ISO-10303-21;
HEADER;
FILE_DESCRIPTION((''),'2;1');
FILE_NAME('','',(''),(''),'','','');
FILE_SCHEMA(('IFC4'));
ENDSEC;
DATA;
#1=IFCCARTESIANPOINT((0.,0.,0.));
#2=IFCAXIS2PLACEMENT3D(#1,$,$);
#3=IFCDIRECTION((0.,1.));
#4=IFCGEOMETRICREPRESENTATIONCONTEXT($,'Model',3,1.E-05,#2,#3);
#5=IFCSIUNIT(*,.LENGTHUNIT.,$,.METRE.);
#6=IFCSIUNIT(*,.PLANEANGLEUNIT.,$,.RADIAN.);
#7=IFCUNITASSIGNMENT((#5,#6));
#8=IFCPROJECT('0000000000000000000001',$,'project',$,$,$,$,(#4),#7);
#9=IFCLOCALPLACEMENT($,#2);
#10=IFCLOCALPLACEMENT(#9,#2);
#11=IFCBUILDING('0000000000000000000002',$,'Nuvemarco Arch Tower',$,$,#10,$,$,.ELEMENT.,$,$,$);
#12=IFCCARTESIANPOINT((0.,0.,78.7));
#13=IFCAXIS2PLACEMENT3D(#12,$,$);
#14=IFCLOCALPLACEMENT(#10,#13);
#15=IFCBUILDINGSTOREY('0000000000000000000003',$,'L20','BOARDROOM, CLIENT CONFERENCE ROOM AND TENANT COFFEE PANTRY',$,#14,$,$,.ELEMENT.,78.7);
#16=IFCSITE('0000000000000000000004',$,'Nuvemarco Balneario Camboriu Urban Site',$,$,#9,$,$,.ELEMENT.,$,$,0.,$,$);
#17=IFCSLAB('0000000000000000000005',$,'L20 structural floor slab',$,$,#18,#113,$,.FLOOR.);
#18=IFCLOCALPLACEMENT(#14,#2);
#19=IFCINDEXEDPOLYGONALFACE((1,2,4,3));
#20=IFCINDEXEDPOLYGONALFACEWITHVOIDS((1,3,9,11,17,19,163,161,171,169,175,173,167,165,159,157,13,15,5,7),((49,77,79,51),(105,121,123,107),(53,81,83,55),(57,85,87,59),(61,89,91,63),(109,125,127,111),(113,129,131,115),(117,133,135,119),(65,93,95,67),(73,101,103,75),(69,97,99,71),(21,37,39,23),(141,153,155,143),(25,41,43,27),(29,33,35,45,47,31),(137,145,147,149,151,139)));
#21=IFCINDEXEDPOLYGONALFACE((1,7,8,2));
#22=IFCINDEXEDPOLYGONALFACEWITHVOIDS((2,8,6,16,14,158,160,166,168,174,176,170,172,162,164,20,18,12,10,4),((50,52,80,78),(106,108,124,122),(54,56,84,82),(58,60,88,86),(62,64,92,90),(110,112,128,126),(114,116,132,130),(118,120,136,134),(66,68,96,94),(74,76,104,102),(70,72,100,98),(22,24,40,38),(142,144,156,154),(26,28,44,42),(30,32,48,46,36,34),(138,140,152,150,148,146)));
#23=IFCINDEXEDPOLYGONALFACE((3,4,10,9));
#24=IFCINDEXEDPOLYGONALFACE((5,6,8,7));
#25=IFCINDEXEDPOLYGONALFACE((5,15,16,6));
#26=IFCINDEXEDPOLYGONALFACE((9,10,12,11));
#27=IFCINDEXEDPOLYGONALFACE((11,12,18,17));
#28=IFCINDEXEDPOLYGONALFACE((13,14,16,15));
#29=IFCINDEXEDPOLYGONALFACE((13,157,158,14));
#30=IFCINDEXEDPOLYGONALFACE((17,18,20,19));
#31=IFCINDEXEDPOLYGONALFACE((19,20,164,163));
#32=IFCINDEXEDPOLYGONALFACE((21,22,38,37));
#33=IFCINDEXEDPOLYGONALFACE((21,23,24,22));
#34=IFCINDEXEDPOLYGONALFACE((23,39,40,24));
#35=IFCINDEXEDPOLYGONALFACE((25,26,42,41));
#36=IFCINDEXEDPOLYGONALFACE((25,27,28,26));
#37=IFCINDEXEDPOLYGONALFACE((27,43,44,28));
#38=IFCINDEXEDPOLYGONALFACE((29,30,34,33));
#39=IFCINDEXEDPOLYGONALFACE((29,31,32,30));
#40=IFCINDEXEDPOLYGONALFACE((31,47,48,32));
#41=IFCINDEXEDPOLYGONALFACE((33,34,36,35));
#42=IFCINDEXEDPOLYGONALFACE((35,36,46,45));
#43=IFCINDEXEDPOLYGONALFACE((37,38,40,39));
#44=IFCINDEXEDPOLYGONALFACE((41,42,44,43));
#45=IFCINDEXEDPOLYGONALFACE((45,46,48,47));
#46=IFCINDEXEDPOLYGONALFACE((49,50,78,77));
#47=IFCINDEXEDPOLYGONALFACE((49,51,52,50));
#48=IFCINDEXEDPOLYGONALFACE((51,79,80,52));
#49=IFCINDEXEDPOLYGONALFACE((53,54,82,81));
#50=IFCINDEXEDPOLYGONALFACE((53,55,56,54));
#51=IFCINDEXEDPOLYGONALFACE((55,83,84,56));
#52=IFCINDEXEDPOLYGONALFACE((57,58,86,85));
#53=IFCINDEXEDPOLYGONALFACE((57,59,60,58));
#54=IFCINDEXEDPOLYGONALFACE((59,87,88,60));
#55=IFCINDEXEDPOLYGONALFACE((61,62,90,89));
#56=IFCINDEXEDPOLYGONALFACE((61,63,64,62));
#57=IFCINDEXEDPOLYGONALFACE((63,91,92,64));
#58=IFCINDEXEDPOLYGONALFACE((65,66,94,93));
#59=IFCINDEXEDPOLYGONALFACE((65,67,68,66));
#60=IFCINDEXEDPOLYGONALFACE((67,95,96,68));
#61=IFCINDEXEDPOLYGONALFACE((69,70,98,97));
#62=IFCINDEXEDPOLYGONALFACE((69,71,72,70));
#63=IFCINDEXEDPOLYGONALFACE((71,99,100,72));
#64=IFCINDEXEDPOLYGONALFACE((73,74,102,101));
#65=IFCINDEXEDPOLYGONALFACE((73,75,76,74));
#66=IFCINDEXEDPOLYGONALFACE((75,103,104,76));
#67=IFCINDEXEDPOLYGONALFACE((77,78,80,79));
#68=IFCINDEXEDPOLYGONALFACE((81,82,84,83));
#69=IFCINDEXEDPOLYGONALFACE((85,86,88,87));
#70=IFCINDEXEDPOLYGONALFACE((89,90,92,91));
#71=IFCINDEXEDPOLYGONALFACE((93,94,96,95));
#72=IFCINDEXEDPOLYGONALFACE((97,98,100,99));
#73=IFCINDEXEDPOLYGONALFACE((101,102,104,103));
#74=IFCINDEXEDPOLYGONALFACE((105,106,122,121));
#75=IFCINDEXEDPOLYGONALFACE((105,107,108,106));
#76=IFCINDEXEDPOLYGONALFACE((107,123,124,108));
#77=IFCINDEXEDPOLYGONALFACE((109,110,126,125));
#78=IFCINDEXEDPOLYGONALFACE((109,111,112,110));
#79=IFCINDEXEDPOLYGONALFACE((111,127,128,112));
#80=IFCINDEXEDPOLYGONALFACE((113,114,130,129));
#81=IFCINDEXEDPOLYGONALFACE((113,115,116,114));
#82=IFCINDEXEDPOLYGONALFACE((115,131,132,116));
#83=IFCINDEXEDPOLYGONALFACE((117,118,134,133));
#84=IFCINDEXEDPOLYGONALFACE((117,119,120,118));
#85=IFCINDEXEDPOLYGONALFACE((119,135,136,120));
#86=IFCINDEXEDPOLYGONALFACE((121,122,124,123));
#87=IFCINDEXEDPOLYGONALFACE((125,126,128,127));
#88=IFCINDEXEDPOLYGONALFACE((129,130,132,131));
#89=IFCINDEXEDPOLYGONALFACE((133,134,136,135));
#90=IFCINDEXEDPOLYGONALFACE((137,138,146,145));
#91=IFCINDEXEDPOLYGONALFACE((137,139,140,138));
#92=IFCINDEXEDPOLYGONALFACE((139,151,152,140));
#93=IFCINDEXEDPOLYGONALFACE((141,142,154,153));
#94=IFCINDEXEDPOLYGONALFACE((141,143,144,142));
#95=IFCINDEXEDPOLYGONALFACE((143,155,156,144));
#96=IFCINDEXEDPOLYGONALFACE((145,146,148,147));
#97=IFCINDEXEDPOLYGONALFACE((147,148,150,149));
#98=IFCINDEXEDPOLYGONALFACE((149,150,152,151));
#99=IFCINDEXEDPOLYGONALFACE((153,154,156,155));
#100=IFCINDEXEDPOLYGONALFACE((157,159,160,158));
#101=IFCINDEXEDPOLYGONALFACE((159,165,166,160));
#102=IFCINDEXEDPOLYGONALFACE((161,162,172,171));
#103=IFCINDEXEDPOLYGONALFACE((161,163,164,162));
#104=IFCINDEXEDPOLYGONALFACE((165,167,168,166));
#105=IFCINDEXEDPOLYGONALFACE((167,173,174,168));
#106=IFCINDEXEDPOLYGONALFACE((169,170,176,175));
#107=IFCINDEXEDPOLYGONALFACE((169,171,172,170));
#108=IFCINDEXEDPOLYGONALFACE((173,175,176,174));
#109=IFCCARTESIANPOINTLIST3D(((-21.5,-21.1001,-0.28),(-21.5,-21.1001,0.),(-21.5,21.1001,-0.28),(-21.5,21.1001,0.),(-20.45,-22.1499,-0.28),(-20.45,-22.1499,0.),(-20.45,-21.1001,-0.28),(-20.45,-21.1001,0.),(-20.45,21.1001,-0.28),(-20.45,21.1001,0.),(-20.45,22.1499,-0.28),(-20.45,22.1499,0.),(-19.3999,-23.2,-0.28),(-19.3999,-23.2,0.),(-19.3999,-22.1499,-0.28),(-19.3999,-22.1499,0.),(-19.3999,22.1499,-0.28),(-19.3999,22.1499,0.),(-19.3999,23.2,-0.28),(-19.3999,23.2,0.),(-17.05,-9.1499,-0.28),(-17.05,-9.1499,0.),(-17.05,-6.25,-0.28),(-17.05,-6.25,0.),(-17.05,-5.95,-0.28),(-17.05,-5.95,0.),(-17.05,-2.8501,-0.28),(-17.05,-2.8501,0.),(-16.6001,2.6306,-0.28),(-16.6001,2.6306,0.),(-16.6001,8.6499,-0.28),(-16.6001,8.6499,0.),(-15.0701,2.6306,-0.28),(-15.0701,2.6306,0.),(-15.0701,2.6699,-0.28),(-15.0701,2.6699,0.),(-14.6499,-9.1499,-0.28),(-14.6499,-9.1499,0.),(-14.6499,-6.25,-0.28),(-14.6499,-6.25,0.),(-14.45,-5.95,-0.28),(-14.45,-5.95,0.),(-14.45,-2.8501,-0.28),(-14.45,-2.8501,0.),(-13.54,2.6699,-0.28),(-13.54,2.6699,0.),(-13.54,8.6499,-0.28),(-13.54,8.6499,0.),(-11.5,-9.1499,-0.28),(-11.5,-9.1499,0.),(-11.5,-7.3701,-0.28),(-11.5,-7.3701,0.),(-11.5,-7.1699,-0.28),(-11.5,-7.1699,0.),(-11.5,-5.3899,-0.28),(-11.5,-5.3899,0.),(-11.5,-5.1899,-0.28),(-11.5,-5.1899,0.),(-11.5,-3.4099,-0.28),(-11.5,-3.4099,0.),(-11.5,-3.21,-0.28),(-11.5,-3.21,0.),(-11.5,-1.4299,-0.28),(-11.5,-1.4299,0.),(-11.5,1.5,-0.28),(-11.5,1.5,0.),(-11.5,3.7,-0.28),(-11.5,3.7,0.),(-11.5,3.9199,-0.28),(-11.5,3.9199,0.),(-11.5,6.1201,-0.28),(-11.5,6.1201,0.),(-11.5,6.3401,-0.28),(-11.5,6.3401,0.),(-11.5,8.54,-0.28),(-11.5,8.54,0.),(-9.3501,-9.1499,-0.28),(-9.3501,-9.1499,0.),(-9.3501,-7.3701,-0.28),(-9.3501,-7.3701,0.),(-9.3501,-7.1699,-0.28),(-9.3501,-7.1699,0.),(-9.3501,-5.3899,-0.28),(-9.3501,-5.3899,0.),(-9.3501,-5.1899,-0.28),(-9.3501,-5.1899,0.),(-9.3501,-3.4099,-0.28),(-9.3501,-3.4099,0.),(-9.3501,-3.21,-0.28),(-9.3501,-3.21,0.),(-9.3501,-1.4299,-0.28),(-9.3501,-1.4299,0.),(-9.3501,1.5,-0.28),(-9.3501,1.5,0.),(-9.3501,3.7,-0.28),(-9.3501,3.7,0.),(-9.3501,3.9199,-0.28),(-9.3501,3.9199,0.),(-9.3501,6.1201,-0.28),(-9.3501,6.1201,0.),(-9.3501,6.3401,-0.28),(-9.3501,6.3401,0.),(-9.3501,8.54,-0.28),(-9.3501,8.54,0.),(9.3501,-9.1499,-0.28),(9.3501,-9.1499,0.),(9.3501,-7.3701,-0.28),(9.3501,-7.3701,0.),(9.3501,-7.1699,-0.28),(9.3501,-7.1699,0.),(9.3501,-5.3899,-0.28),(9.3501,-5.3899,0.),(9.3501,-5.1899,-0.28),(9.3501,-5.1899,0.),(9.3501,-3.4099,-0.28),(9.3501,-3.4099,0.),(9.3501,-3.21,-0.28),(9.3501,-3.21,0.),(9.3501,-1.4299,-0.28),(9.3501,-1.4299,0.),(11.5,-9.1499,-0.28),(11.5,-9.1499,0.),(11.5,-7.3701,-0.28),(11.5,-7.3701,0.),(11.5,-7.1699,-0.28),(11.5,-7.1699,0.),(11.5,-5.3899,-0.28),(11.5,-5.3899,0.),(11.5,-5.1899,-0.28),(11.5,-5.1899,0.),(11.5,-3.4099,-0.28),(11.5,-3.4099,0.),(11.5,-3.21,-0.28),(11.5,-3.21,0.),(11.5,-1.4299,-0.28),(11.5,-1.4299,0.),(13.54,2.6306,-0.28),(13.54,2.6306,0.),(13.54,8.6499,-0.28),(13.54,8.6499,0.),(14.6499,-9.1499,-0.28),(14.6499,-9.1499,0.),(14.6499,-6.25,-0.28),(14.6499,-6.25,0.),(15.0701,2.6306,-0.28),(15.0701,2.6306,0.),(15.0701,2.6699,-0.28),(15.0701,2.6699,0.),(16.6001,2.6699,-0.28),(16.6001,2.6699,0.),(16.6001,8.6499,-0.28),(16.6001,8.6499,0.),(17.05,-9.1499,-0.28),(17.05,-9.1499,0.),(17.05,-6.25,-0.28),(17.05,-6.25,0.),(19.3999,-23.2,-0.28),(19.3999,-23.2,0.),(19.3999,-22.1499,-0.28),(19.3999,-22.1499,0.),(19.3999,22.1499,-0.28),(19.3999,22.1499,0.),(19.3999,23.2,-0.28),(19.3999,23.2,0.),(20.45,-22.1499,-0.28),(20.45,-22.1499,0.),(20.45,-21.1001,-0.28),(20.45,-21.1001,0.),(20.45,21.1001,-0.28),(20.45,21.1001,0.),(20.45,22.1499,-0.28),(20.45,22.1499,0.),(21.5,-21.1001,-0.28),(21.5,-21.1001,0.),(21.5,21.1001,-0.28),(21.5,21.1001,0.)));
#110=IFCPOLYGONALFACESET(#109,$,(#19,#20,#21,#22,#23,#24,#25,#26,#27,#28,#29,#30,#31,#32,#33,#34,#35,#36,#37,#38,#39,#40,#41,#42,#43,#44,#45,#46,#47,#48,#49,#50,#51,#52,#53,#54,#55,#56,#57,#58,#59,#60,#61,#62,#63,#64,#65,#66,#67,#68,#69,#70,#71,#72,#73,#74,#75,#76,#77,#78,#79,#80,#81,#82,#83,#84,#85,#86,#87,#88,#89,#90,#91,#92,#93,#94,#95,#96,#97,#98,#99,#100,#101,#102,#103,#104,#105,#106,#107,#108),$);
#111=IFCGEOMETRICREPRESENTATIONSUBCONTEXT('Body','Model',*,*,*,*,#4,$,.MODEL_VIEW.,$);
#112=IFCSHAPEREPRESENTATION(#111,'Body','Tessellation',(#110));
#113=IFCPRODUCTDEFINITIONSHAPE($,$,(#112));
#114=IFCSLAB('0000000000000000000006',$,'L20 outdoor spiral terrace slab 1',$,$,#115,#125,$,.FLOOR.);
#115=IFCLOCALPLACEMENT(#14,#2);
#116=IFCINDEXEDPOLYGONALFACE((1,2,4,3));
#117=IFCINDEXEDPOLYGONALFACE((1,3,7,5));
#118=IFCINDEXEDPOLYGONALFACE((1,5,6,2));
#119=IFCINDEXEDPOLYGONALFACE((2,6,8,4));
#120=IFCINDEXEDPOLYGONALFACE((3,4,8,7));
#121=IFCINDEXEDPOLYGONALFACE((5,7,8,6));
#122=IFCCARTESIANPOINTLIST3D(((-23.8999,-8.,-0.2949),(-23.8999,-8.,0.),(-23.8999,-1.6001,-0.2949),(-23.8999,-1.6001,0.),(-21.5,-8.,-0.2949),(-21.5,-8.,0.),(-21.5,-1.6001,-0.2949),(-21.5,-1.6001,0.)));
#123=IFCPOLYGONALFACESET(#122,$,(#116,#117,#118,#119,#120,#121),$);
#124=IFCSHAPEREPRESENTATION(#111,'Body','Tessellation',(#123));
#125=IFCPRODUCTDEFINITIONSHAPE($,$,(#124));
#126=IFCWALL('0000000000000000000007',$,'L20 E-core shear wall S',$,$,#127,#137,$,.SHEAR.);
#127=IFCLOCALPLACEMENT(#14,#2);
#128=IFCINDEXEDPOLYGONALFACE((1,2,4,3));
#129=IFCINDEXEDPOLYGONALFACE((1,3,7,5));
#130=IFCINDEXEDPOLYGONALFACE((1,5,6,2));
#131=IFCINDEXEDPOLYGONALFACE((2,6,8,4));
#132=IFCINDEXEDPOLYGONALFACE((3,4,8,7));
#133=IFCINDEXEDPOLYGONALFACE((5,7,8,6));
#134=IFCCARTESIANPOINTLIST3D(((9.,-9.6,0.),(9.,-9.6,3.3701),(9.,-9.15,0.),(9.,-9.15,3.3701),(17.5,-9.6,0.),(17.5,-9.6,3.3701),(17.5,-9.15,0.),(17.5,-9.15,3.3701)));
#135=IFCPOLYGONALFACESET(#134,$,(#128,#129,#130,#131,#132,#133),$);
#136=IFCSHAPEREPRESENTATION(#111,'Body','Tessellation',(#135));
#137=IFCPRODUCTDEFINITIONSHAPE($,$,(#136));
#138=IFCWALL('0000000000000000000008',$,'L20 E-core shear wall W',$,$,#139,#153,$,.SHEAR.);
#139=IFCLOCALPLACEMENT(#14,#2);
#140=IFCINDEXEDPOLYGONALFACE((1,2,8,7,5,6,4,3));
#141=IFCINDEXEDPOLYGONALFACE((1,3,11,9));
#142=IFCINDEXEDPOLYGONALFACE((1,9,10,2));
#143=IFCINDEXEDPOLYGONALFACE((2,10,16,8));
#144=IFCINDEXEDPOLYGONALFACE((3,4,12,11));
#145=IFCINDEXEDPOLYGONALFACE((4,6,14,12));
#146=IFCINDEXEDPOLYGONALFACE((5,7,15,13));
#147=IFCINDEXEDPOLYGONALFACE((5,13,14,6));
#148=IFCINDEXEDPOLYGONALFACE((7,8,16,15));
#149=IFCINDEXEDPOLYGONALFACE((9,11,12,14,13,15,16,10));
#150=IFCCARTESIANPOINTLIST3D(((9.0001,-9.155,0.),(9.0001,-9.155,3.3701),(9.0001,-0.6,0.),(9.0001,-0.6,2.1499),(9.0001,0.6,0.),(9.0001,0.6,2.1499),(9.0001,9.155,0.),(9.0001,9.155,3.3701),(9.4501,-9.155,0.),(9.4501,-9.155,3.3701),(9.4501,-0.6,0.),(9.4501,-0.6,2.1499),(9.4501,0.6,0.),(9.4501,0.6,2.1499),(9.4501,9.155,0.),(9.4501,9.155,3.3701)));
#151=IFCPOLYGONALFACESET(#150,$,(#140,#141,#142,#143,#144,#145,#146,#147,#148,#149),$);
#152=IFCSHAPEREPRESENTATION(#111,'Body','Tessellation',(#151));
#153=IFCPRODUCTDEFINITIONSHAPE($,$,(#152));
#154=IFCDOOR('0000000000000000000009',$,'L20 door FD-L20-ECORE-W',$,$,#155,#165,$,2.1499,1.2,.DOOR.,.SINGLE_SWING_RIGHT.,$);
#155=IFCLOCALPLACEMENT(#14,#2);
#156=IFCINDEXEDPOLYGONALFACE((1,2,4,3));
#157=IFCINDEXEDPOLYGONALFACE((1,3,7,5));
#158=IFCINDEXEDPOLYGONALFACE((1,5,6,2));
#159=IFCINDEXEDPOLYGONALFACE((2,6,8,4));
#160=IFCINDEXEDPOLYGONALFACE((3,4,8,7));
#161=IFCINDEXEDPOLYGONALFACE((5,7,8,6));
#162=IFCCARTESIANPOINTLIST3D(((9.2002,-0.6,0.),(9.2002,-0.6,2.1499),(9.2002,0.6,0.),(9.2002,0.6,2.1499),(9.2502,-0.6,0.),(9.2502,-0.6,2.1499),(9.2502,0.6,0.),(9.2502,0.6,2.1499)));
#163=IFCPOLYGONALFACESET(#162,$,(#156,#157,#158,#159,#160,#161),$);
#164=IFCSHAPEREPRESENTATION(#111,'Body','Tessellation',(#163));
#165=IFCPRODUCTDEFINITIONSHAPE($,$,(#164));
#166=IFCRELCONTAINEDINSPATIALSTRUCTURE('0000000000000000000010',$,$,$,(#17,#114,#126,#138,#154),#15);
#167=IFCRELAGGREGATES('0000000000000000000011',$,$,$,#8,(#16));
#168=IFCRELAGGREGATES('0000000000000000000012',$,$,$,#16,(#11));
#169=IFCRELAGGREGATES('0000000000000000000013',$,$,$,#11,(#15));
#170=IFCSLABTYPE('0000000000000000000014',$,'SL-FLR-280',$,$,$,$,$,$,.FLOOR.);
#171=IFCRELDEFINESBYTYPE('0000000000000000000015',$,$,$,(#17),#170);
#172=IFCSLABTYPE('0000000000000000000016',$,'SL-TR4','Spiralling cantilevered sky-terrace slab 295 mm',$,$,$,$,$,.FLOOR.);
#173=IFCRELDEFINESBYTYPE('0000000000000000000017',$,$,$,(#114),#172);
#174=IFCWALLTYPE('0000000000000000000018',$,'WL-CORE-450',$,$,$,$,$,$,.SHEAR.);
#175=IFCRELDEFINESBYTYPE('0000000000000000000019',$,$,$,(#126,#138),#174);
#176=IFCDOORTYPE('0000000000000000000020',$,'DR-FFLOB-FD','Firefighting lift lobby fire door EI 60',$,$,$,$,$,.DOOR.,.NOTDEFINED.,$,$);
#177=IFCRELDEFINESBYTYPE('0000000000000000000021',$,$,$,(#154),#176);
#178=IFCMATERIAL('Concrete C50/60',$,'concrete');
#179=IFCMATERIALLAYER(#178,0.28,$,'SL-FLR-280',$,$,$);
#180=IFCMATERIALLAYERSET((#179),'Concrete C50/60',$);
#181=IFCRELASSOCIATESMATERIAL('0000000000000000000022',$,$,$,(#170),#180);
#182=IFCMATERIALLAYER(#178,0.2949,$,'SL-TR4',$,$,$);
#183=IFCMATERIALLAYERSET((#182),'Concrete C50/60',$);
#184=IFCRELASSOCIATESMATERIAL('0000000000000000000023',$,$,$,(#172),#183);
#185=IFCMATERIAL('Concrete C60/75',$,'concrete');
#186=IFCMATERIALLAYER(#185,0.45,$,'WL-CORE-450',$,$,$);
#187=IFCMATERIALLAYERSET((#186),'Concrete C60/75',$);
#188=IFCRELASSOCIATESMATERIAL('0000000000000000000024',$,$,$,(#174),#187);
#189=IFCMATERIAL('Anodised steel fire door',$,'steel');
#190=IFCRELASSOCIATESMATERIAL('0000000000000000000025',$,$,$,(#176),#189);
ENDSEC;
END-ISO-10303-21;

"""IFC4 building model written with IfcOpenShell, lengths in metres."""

from ifc_helpers import new_model, si_unit, direction, frame, frame_2d, origin, place, context, subcontext, project, spatial, polyline, rectangle, outline, extrude, source, transform, mapped, material, layer, layer_set, type_object, type_shapes, element, fill, save


model = new_model("IFC4")

# Units and contexts
model_context = context("Model", 3, precision=1e-05, world=origin(), true_north=direction((0.0, 1.0)))
body_context = subcontext(model_context, "Body", "Model", "MODEL_VIEW")
ifc_project = project(units=[si_unit("LENGTHUNIT", "METRE"), si_unit("PLANEANGLEUNIT", "RADIAN")], contexts=[model_context])

# Site, building, storey
site_placement = place(None, origin())
site = spatial("IfcSite", under=ifc_project, at=site_placement, Name="Nuvemarco Balneario Camboriu Urban Site", CompositionType="ELEMENT", RefElevation=0.0)
building_placement = place(site_placement, origin())
building = spatial("IfcBuilding", under=site, at=building_placement, Name="Nuvemarco Arch Tower", CompositionType="ELEMENT")
storey_placement = place(building_placement, frame((0.0, 0.0, 78.7)))
storey = spatial("IfcBuildingStorey", under=building, at=storey_placement, Name="L20", Description="BOARDROOM, CLIENT CONFERENCE ROOM AND TENANT COFFEE PANTRY", CompositionType="ELEMENT", Elevation=78.7)

# Shared definitions
ifc_material_1 = material(Name="Concrete C60/75", Category="concrete")

# Slabs
ifc_material_2 = material(Name="Concrete C50/60", Category="concrete")
ifc_layer_1 = layer(ifc_material_2, 0.28, Name="SL-FLR-280")
ifc_layer_set_1 = layer_set([ifc_layer_1], Name="Concrete C50/60")
slab_type_1 = type_object("IfcSlabType", Name="SL-FLR-280", PredefinedType="FLOOR", material=ifc_layer_set_1)
slab_1_placement = place(storey_placement, frame((0.0, 0.0, -0.28)))
element("IfcSlab", 1, at=slab_1_placement, inside=storey, type_object=slab_type_1, Name="L20 structural floor slab", PredefinedType="FLOOR", context=body_context, shape_type="SweptSolid", body=[
    extrude(outline(polyline([(-19.3999, -23.2), (19.3999, -23.2), (19.3999, -22.1499), (20.45, -22.1499), (20.45, -21.1001), (21.5, -21.1001), (21.5, 21.1001), (20.45, 21.1001), (20.45, 22.1499), (19.3999, 22.1499), (19.3999, 23.2), (-19.3999, 23.2), (-19.3999, 22.1499), (-20.45, 22.1499), (-20.45, 21.1001), (-21.5, 21.1001), (-21.5, -21.1001), (-20.45, -21.1001), (-20.45, -22.1499), (-19.3999, -22.1499), (-19.3999, -23.2)]), holes=[polyline([(-13.54, 2.6699), (-13.54, 8.6499), (-16.6001, 8.6499), (-16.6001, 2.6306), (-15.0701, 2.6306), (-15.0701, 2.6699), (-13.54, 2.6699)]), polyline([(16.6001, 2.6699), (16.6001, 8.6499), (13.54, 8.6499), (13.54, 2.6306), (15.0701, 2.6306), (15.0701, 2.6699), (16.6001, 2.6699)]), polyline([(-17.05, -9.1499), (-14.6499, -9.1499), (-14.6499, -6.25), (-17.05, -6.25), (-17.05, -9.1499)]), polyline([(-17.05, -5.95), (-14.45, -5.95), (-14.45, -2.8501), (-17.05, -2.8501), (-17.05, -5.95)]), polyline([(-11.5, -9.1499), (-9.3501, -9.1499), (-9.3501, -7.3701), (-11.5, -7.3701), (-11.5, -9.1499)]), polyline([(-11.5, -7.1699), (-9.3501, -7.1699), (-9.3501, -5.3899), (-11.5, -5.3899), (-11.5, -7.1699)]), polyline([(-11.5, -5.1899), (-9.3501, -5.1899), (-9.3501, -3.4099), (-11.5, -3.4099), (-11.5, -5.1899)]), polyline([(-11.5, -3.21), (-9.3501, -3.21), (-9.3501, -1.4299), (-11.5, -1.4299), (-11.5, -3.21)]), polyline([(-11.5, 1.5), (-9.3501, 1.5), (-9.3501, 3.7), (-11.5, 3.7), (-11.5, 1.5)]), polyline([(-11.5, 3.9199), (-9.3501, 3.9199), (-9.3501, 6.1201), (-11.5, 6.1201), (-11.5, 3.9199)]), polyline([(-11.5, 6.3401), (-9.3501, 6.3401), (-9.3501, 8.54), (-11.5, 8.54), (-11.5, 6.3401)]), polyline([(14.6499, -9.1499), (17.05, -9.1499), (17.05, -6.25), (14.6499, -6.25), (14.6499, -9.1499)]), polyline([(9.3501, -9.1499), (11.5, -9.1499), (11.5, -7.3701), (9.3501, -7.3701), (9.3501, -9.1499)]), polyline([(9.3501, -7.1699), (11.5, -7.1699), (11.5, -5.3899), (9.3501, -5.3899), (9.3501, -7.1699)]), polyline([(9.3501, -5.1899), (11.5, -5.1899), (11.5, -3.4099), (9.3501, -3.4099), (9.3501, -5.1899)]), polyline([(9.3501, -3.21), (11.5, -3.21), (11.5, -1.4299), (9.3501, -1.4299), (9.3501, -3.21)])]), origin(), (0.0, 0.0, 1.0), 0.28),
])
ifc_layer_2 = layer(ifc_material_2, 0.2949, Name="SL-TR4")
ifc_layer_set_2 = layer_set([ifc_layer_2], Name="Concrete C50/60")
slab_type_2 = type_object("IfcSlabType", Name="SL-TR4", Description="Spiralling cantilevered sky-terrace slab 295 mm", PredefinedType="FLOOR", material=ifc_layer_set_2)
slab_2_placement = place(storey_placement, frame((0.0, 0.0, -0.2949)))
element("IfcSlab", 2, at=slab_2_placement, inside=storey, type_object=slab_type_2, Name="L20 outdoor spiral terrace slab 1", PredefinedType="FLOOR", context=body_context, shape_type="SweptSolid", body=[
    extrude(outline(polyline([(-23.8999, -8.0), (-21.5, -8.0), (-21.5, -1.6001), (-23.8999, -1.6001), (-23.8999, -8.0)])), origin(), (0.0, 0.0, 1.0), 0.2949),
])

# Wall
ifc_layer_3 = layer(ifc_material_1, 0.45, Name="WL-CORE-450")
ifc_layer_set_3 = layer_set([ifc_layer_3], Name="Concrete C60/75")
wall_type_1 = type_object("IfcWallType", Name="WL-CORE-450", PredefinedType="SHEAR", material=ifc_layer_set_3)
wall_1_placement = place(storey_placement, frame((9.0, -9.375, 0.0), z_axis=(0.0, 0.0, 1.0), x_axis=(1.0, 0.0, 0.0)))
element("IfcWall", 3, at=wall_1_placement, inside=storey, type_object=wall_type_1, Name="L20 E-core shear wall S", PredefinedType="SHEAR", context=body_context, shape_type="SweptSolid", body=[
    extrude(rectangle(XDim=8.5, YDim=0.45, at=frame_2d((4.25, 0.0))), origin(), (0.0, 0.0, 1.0), 3.3701),
])

# Wall, opening, door
wall_2_placement = place(storey_placement, frame((9.2251, -9.155, 0.0), z_axis=(0.0, 0.0, 1.0), x_axis=(0.0, 1.0, 0.0)))
wall_2 = element("IfcWall", 4, at=wall_2_placement, inside=storey, type_object=wall_type_1, Name="L20 E-core shear wall W", PredefinedType="SHEAR", context=body_context, shape_type="SweptSolid", body=[
    extrude(rectangle(XDim=18.3101, YDim=0.45, at=frame_2d((9.155, 0.0))), origin(), (0.0, 0.0, 1.0), 3.3701),
])
opening_1_placement = place(wall_2_placement, frame((8.5549, 0.0, 0.0)))
opening_1 = element("IfcOpeningElement", 5, at=opening_1_placement, cuts=wall_2, PredefinedType="OPENING", context=body_context, shape_type="SweptSolid", body=[
    extrude(rectangle(XDim=1.2, YDim=2.1499, at=frame_2d((0.6001, 1.075))), frame((0.0, 0.2349, 0.0), z_axis=(0.0, -1.0, 0.0), x_axis=(1.0, 0.0, 0.0)), (0.0, 0.0, 1.0), 0.47),
])
ifc_material_3 = material(Name="Anodised steel fire door", Category="steel")
door_type_1 = type_object("IfcDoorType", Name="DR-FFLOB-FD", Description="Firefighting lift lobby fire door EI 60", OperationType="NOTDEFINED", PredefinedType="DOOR", material=ifc_material_3)
shared_shape_1 = source(origin(), body_context, "Body", "SweptSolid", [
    extrude(rectangle(XDim=1.2, YDim=2.1499, at=frame_2d((0.6001, 1.075))), frame((0.0, 0.0249, 0.0), z_axis=(0.0, -1.0, 0.0), x_axis=(1.0, 0.0, 0.0)), (0.0, 0.0, 1.0), 0.05),
])
type_shapes(door_type_1, [shared_shape_1])
door_1_placement = place(opening_1_placement, origin())
door_1 = element("IfcDoor", 6, at=door_1_placement, inside=storey, type_object=door_type_1, Name="L20 door FD-L20-ECORE-W", OperationType="SINGLE_SWING_RIGHT", OverallHeight=2.1499, OverallWidth=1.2, PredefinedType="DOOR", context=body_context, shape_type="MappedRepresentation", body=[
    mapped(shared_shape_1, transform((0.0, 0.0, 0.0), scale=1.0)),
])
fill(opening_1, door_1)

save(model, "model.ifc")
